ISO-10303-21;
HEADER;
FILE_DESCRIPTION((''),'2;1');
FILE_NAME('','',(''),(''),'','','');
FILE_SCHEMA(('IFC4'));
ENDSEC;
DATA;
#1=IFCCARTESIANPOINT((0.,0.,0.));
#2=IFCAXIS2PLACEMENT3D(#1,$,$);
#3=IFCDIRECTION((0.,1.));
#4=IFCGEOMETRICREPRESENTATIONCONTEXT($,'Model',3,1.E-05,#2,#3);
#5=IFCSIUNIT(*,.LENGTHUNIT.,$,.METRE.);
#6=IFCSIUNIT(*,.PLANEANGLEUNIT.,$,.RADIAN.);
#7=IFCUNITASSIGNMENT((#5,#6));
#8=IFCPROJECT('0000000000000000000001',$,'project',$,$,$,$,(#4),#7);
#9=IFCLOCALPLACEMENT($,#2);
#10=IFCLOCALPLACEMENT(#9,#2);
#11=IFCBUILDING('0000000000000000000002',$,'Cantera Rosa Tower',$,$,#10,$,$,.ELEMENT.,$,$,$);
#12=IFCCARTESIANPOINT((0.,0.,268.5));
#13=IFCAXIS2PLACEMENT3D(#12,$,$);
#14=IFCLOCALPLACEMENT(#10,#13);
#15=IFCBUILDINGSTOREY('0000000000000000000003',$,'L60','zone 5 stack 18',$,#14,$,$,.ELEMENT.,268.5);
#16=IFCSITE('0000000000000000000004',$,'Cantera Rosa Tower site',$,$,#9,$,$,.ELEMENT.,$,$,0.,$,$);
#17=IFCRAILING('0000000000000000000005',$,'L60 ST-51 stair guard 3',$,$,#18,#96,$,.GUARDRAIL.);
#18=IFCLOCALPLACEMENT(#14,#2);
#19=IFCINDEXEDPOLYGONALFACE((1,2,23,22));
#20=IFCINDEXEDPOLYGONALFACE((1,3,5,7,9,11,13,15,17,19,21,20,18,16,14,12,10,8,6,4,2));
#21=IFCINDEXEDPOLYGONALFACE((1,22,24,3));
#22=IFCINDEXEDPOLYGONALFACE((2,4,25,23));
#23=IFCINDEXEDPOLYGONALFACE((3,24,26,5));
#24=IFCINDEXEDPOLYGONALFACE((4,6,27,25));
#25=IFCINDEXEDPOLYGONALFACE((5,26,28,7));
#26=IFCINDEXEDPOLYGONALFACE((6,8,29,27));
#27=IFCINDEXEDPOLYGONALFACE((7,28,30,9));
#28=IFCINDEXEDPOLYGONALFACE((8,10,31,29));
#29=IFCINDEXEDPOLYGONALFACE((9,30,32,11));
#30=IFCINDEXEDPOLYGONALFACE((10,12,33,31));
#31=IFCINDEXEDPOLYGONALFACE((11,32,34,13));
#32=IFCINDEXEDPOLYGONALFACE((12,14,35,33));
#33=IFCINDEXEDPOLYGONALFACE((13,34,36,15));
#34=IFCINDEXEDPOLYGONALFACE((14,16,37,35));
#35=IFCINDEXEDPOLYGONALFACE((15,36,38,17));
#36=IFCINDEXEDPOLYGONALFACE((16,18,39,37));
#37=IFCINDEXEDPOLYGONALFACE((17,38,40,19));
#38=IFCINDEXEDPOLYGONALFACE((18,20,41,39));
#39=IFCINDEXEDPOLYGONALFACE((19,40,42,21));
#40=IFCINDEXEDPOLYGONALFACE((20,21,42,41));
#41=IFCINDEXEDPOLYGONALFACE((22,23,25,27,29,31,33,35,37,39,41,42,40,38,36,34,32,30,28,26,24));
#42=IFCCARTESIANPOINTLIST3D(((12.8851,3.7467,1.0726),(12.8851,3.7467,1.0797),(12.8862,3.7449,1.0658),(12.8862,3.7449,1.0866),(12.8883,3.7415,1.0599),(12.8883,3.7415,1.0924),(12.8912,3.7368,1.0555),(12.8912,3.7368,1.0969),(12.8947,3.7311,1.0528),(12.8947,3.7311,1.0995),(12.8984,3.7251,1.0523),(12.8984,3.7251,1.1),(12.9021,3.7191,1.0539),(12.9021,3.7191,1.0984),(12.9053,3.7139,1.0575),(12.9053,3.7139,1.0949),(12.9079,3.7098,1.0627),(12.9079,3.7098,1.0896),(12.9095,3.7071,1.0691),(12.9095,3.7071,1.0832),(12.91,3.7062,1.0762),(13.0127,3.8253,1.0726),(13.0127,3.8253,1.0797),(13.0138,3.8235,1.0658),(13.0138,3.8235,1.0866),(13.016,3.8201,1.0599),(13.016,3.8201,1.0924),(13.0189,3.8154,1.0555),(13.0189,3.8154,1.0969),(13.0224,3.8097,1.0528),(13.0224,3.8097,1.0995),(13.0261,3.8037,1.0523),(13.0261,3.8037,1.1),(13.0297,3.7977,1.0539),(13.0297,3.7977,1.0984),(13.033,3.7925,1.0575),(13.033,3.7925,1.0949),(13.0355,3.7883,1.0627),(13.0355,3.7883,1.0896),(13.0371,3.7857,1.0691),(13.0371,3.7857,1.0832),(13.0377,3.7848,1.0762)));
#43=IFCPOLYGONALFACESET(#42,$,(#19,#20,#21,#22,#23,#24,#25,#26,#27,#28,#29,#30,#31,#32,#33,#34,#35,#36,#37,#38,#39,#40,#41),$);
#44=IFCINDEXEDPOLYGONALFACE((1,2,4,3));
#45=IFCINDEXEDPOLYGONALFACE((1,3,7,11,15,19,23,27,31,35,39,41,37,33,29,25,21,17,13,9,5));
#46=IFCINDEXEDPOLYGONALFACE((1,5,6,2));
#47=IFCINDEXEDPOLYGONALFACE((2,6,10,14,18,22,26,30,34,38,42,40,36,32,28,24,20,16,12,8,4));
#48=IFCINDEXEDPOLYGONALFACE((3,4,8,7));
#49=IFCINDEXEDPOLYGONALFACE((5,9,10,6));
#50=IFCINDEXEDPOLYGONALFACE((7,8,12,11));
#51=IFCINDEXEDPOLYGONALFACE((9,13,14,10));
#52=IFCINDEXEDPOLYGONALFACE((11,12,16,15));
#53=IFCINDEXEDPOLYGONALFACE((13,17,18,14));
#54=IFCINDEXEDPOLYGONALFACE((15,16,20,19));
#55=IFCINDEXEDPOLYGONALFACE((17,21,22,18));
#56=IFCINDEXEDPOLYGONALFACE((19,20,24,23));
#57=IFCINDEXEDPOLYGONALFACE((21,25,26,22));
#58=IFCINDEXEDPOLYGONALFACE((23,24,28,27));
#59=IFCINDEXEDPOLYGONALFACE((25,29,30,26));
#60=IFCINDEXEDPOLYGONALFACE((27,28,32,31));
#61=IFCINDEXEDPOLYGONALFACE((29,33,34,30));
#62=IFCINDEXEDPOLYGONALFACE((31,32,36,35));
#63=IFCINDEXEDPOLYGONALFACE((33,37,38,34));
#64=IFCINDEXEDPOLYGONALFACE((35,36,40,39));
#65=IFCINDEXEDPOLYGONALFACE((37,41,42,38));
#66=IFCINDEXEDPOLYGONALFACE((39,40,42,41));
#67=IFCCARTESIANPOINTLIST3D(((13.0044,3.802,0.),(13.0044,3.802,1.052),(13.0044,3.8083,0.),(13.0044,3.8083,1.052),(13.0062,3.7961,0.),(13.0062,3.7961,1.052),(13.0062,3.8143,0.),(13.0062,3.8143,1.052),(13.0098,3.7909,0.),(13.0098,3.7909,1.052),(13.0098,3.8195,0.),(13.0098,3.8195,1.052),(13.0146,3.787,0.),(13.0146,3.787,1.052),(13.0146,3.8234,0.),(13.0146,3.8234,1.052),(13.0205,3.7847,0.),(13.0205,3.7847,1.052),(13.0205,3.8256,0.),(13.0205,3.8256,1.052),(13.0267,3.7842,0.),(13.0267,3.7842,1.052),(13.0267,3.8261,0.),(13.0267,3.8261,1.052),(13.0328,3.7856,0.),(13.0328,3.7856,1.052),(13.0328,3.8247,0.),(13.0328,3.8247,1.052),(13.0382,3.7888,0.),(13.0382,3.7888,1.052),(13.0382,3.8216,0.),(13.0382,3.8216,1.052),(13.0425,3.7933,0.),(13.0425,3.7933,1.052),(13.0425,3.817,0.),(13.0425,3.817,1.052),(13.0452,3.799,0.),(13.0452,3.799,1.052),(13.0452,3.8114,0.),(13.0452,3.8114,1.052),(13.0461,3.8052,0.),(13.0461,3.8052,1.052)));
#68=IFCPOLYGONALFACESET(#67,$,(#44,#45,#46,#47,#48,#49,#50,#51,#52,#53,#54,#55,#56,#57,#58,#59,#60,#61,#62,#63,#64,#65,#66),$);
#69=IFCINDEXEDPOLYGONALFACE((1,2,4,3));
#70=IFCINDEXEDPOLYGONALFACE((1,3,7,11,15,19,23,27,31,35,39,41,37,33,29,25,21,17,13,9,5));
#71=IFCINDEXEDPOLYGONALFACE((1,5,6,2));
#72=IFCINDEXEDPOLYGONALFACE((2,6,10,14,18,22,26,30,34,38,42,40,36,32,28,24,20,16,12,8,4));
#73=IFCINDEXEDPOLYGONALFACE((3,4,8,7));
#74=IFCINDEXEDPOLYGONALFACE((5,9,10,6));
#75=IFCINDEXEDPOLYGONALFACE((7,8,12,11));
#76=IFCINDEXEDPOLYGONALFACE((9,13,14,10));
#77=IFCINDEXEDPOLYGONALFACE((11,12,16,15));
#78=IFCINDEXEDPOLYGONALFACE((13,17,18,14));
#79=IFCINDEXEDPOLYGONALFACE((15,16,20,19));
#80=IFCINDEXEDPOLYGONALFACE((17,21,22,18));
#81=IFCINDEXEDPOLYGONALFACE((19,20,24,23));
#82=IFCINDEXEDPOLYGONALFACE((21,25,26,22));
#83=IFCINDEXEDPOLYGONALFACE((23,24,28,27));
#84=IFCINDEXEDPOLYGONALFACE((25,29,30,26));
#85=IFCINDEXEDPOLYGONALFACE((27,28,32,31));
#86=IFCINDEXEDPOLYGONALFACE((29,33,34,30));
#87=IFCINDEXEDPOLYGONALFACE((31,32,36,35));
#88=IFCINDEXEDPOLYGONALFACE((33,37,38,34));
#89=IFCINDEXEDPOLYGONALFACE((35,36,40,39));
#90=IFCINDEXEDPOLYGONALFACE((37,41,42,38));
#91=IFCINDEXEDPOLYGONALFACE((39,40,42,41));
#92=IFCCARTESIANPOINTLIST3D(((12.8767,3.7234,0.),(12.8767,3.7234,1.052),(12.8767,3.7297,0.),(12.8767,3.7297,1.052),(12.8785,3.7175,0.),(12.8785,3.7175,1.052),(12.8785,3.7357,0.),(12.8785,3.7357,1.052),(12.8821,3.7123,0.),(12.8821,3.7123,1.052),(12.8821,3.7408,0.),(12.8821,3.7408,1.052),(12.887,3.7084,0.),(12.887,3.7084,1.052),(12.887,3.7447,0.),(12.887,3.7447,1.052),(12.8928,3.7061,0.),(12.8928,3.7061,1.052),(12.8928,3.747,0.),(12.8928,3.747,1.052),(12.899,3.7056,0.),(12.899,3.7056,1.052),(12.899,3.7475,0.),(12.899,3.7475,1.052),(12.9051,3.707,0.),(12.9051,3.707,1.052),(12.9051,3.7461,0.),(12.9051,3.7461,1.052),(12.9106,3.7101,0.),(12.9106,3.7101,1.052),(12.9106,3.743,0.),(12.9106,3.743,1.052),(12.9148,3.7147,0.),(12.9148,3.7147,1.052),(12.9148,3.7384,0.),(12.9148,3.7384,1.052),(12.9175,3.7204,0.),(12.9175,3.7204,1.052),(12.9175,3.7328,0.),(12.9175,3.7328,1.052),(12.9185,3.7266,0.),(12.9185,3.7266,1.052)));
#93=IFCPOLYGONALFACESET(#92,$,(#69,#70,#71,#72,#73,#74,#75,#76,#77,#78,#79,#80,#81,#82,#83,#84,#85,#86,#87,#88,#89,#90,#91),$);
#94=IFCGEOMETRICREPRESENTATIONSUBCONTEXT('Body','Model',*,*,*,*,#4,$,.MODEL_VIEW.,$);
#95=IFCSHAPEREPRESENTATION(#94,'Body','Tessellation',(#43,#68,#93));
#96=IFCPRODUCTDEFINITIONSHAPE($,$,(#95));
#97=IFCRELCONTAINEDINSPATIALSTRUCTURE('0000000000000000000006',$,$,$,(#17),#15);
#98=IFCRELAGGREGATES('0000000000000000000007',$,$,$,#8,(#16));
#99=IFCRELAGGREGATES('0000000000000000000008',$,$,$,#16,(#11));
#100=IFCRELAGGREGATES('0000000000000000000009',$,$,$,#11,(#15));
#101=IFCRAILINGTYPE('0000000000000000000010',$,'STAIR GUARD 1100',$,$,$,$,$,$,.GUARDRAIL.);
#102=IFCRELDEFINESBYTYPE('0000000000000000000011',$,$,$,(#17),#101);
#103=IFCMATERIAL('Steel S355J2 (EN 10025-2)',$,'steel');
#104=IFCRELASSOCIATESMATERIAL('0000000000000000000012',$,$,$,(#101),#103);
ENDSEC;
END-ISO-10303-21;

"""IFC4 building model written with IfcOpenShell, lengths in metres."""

from ifc_helpers import new_model, si_unit, direction, frame, origin, origin_2d, place, context, subcontext, project, spatial, circle, extrude, material, type_object, element, save


model = new_model("IFC4")

# Units and contexts
model_context = context("Model", 3, precision=1e-05, world=origin(), true_north=direction((0.0, 1.0)))
body_context = subcontext(model_context, "Body", "Model", "MODEL_VIEW")
ifc_project = project(units=[si_unit("LENGTHUNIT", "METRE"), si_unit("PLANEANGLEUNIT", "RADIAN")], contexts=[model_context])

# Site, building, storey
site_placement = place(None, origin())
site = spatial("IfcSite", under=ifc_project, at=site_placement, Name="Cantera Rosa Tower site", CompositionType="ELEMENT", RefElevation=0.0)
building_placement = place(site_placement, origin())
building = spatial("IfcBuilding", under=site, at=building_placement, Name="Cantera Rosa Tower", CompositionType="ELEMENT")
storey_placement = place(building_placement, frame((0.0, 0.0, 268.5)))
storey = spatial("IfcBuildingStorey", under=building, at=storey_placement, Name="L60", Description="zone 5 stack 18", CompositionType="ELEMENT", Elevation=268.5)

# Railing
ifc_material_1 = material(Name="Steel S355J2 (EN 10025-2)", Category="steel")
railing_type_1 = type_object("IfcRailingType", Name="STAIR GUARD 1100", PredefinedType="GUARDRAIL", material=ifc_material_1)
railing_1_placement = place(storey_placement, frame((13.0251, 3.8052, 0.0)))
element("IfcRailing", 1, at=railing_1_placement, inside=storey, type_object=railing_type_1, Name="L60 ST-51 stair guard 3", PredefinedType="GUARDRAIL", context=body_context, shape_type="SweptSolid", body=[
    extrude(circle(Radius=0.0239, at=origin_2d()), frame((0.0, 0.0, 1.0762), z_axis=(-0.851546, -0.524279, 0.0), x_axis=(0.524279, -0.851546, 0.0)), (0.0, 0.0, 1.0), 0.1499),
    extrude(circle(Radius=0.021, at=origin_2d()), origin(), (0.0, 0.0, 1.0), 1.052),
    extrude(circle(Radius=0.021, at=origin_2d()), frame((-0.1277, -0.0786, 0.0)), (0.0, 0.0, 1.0), 1.052),
])

save(model, "model.ifc")
